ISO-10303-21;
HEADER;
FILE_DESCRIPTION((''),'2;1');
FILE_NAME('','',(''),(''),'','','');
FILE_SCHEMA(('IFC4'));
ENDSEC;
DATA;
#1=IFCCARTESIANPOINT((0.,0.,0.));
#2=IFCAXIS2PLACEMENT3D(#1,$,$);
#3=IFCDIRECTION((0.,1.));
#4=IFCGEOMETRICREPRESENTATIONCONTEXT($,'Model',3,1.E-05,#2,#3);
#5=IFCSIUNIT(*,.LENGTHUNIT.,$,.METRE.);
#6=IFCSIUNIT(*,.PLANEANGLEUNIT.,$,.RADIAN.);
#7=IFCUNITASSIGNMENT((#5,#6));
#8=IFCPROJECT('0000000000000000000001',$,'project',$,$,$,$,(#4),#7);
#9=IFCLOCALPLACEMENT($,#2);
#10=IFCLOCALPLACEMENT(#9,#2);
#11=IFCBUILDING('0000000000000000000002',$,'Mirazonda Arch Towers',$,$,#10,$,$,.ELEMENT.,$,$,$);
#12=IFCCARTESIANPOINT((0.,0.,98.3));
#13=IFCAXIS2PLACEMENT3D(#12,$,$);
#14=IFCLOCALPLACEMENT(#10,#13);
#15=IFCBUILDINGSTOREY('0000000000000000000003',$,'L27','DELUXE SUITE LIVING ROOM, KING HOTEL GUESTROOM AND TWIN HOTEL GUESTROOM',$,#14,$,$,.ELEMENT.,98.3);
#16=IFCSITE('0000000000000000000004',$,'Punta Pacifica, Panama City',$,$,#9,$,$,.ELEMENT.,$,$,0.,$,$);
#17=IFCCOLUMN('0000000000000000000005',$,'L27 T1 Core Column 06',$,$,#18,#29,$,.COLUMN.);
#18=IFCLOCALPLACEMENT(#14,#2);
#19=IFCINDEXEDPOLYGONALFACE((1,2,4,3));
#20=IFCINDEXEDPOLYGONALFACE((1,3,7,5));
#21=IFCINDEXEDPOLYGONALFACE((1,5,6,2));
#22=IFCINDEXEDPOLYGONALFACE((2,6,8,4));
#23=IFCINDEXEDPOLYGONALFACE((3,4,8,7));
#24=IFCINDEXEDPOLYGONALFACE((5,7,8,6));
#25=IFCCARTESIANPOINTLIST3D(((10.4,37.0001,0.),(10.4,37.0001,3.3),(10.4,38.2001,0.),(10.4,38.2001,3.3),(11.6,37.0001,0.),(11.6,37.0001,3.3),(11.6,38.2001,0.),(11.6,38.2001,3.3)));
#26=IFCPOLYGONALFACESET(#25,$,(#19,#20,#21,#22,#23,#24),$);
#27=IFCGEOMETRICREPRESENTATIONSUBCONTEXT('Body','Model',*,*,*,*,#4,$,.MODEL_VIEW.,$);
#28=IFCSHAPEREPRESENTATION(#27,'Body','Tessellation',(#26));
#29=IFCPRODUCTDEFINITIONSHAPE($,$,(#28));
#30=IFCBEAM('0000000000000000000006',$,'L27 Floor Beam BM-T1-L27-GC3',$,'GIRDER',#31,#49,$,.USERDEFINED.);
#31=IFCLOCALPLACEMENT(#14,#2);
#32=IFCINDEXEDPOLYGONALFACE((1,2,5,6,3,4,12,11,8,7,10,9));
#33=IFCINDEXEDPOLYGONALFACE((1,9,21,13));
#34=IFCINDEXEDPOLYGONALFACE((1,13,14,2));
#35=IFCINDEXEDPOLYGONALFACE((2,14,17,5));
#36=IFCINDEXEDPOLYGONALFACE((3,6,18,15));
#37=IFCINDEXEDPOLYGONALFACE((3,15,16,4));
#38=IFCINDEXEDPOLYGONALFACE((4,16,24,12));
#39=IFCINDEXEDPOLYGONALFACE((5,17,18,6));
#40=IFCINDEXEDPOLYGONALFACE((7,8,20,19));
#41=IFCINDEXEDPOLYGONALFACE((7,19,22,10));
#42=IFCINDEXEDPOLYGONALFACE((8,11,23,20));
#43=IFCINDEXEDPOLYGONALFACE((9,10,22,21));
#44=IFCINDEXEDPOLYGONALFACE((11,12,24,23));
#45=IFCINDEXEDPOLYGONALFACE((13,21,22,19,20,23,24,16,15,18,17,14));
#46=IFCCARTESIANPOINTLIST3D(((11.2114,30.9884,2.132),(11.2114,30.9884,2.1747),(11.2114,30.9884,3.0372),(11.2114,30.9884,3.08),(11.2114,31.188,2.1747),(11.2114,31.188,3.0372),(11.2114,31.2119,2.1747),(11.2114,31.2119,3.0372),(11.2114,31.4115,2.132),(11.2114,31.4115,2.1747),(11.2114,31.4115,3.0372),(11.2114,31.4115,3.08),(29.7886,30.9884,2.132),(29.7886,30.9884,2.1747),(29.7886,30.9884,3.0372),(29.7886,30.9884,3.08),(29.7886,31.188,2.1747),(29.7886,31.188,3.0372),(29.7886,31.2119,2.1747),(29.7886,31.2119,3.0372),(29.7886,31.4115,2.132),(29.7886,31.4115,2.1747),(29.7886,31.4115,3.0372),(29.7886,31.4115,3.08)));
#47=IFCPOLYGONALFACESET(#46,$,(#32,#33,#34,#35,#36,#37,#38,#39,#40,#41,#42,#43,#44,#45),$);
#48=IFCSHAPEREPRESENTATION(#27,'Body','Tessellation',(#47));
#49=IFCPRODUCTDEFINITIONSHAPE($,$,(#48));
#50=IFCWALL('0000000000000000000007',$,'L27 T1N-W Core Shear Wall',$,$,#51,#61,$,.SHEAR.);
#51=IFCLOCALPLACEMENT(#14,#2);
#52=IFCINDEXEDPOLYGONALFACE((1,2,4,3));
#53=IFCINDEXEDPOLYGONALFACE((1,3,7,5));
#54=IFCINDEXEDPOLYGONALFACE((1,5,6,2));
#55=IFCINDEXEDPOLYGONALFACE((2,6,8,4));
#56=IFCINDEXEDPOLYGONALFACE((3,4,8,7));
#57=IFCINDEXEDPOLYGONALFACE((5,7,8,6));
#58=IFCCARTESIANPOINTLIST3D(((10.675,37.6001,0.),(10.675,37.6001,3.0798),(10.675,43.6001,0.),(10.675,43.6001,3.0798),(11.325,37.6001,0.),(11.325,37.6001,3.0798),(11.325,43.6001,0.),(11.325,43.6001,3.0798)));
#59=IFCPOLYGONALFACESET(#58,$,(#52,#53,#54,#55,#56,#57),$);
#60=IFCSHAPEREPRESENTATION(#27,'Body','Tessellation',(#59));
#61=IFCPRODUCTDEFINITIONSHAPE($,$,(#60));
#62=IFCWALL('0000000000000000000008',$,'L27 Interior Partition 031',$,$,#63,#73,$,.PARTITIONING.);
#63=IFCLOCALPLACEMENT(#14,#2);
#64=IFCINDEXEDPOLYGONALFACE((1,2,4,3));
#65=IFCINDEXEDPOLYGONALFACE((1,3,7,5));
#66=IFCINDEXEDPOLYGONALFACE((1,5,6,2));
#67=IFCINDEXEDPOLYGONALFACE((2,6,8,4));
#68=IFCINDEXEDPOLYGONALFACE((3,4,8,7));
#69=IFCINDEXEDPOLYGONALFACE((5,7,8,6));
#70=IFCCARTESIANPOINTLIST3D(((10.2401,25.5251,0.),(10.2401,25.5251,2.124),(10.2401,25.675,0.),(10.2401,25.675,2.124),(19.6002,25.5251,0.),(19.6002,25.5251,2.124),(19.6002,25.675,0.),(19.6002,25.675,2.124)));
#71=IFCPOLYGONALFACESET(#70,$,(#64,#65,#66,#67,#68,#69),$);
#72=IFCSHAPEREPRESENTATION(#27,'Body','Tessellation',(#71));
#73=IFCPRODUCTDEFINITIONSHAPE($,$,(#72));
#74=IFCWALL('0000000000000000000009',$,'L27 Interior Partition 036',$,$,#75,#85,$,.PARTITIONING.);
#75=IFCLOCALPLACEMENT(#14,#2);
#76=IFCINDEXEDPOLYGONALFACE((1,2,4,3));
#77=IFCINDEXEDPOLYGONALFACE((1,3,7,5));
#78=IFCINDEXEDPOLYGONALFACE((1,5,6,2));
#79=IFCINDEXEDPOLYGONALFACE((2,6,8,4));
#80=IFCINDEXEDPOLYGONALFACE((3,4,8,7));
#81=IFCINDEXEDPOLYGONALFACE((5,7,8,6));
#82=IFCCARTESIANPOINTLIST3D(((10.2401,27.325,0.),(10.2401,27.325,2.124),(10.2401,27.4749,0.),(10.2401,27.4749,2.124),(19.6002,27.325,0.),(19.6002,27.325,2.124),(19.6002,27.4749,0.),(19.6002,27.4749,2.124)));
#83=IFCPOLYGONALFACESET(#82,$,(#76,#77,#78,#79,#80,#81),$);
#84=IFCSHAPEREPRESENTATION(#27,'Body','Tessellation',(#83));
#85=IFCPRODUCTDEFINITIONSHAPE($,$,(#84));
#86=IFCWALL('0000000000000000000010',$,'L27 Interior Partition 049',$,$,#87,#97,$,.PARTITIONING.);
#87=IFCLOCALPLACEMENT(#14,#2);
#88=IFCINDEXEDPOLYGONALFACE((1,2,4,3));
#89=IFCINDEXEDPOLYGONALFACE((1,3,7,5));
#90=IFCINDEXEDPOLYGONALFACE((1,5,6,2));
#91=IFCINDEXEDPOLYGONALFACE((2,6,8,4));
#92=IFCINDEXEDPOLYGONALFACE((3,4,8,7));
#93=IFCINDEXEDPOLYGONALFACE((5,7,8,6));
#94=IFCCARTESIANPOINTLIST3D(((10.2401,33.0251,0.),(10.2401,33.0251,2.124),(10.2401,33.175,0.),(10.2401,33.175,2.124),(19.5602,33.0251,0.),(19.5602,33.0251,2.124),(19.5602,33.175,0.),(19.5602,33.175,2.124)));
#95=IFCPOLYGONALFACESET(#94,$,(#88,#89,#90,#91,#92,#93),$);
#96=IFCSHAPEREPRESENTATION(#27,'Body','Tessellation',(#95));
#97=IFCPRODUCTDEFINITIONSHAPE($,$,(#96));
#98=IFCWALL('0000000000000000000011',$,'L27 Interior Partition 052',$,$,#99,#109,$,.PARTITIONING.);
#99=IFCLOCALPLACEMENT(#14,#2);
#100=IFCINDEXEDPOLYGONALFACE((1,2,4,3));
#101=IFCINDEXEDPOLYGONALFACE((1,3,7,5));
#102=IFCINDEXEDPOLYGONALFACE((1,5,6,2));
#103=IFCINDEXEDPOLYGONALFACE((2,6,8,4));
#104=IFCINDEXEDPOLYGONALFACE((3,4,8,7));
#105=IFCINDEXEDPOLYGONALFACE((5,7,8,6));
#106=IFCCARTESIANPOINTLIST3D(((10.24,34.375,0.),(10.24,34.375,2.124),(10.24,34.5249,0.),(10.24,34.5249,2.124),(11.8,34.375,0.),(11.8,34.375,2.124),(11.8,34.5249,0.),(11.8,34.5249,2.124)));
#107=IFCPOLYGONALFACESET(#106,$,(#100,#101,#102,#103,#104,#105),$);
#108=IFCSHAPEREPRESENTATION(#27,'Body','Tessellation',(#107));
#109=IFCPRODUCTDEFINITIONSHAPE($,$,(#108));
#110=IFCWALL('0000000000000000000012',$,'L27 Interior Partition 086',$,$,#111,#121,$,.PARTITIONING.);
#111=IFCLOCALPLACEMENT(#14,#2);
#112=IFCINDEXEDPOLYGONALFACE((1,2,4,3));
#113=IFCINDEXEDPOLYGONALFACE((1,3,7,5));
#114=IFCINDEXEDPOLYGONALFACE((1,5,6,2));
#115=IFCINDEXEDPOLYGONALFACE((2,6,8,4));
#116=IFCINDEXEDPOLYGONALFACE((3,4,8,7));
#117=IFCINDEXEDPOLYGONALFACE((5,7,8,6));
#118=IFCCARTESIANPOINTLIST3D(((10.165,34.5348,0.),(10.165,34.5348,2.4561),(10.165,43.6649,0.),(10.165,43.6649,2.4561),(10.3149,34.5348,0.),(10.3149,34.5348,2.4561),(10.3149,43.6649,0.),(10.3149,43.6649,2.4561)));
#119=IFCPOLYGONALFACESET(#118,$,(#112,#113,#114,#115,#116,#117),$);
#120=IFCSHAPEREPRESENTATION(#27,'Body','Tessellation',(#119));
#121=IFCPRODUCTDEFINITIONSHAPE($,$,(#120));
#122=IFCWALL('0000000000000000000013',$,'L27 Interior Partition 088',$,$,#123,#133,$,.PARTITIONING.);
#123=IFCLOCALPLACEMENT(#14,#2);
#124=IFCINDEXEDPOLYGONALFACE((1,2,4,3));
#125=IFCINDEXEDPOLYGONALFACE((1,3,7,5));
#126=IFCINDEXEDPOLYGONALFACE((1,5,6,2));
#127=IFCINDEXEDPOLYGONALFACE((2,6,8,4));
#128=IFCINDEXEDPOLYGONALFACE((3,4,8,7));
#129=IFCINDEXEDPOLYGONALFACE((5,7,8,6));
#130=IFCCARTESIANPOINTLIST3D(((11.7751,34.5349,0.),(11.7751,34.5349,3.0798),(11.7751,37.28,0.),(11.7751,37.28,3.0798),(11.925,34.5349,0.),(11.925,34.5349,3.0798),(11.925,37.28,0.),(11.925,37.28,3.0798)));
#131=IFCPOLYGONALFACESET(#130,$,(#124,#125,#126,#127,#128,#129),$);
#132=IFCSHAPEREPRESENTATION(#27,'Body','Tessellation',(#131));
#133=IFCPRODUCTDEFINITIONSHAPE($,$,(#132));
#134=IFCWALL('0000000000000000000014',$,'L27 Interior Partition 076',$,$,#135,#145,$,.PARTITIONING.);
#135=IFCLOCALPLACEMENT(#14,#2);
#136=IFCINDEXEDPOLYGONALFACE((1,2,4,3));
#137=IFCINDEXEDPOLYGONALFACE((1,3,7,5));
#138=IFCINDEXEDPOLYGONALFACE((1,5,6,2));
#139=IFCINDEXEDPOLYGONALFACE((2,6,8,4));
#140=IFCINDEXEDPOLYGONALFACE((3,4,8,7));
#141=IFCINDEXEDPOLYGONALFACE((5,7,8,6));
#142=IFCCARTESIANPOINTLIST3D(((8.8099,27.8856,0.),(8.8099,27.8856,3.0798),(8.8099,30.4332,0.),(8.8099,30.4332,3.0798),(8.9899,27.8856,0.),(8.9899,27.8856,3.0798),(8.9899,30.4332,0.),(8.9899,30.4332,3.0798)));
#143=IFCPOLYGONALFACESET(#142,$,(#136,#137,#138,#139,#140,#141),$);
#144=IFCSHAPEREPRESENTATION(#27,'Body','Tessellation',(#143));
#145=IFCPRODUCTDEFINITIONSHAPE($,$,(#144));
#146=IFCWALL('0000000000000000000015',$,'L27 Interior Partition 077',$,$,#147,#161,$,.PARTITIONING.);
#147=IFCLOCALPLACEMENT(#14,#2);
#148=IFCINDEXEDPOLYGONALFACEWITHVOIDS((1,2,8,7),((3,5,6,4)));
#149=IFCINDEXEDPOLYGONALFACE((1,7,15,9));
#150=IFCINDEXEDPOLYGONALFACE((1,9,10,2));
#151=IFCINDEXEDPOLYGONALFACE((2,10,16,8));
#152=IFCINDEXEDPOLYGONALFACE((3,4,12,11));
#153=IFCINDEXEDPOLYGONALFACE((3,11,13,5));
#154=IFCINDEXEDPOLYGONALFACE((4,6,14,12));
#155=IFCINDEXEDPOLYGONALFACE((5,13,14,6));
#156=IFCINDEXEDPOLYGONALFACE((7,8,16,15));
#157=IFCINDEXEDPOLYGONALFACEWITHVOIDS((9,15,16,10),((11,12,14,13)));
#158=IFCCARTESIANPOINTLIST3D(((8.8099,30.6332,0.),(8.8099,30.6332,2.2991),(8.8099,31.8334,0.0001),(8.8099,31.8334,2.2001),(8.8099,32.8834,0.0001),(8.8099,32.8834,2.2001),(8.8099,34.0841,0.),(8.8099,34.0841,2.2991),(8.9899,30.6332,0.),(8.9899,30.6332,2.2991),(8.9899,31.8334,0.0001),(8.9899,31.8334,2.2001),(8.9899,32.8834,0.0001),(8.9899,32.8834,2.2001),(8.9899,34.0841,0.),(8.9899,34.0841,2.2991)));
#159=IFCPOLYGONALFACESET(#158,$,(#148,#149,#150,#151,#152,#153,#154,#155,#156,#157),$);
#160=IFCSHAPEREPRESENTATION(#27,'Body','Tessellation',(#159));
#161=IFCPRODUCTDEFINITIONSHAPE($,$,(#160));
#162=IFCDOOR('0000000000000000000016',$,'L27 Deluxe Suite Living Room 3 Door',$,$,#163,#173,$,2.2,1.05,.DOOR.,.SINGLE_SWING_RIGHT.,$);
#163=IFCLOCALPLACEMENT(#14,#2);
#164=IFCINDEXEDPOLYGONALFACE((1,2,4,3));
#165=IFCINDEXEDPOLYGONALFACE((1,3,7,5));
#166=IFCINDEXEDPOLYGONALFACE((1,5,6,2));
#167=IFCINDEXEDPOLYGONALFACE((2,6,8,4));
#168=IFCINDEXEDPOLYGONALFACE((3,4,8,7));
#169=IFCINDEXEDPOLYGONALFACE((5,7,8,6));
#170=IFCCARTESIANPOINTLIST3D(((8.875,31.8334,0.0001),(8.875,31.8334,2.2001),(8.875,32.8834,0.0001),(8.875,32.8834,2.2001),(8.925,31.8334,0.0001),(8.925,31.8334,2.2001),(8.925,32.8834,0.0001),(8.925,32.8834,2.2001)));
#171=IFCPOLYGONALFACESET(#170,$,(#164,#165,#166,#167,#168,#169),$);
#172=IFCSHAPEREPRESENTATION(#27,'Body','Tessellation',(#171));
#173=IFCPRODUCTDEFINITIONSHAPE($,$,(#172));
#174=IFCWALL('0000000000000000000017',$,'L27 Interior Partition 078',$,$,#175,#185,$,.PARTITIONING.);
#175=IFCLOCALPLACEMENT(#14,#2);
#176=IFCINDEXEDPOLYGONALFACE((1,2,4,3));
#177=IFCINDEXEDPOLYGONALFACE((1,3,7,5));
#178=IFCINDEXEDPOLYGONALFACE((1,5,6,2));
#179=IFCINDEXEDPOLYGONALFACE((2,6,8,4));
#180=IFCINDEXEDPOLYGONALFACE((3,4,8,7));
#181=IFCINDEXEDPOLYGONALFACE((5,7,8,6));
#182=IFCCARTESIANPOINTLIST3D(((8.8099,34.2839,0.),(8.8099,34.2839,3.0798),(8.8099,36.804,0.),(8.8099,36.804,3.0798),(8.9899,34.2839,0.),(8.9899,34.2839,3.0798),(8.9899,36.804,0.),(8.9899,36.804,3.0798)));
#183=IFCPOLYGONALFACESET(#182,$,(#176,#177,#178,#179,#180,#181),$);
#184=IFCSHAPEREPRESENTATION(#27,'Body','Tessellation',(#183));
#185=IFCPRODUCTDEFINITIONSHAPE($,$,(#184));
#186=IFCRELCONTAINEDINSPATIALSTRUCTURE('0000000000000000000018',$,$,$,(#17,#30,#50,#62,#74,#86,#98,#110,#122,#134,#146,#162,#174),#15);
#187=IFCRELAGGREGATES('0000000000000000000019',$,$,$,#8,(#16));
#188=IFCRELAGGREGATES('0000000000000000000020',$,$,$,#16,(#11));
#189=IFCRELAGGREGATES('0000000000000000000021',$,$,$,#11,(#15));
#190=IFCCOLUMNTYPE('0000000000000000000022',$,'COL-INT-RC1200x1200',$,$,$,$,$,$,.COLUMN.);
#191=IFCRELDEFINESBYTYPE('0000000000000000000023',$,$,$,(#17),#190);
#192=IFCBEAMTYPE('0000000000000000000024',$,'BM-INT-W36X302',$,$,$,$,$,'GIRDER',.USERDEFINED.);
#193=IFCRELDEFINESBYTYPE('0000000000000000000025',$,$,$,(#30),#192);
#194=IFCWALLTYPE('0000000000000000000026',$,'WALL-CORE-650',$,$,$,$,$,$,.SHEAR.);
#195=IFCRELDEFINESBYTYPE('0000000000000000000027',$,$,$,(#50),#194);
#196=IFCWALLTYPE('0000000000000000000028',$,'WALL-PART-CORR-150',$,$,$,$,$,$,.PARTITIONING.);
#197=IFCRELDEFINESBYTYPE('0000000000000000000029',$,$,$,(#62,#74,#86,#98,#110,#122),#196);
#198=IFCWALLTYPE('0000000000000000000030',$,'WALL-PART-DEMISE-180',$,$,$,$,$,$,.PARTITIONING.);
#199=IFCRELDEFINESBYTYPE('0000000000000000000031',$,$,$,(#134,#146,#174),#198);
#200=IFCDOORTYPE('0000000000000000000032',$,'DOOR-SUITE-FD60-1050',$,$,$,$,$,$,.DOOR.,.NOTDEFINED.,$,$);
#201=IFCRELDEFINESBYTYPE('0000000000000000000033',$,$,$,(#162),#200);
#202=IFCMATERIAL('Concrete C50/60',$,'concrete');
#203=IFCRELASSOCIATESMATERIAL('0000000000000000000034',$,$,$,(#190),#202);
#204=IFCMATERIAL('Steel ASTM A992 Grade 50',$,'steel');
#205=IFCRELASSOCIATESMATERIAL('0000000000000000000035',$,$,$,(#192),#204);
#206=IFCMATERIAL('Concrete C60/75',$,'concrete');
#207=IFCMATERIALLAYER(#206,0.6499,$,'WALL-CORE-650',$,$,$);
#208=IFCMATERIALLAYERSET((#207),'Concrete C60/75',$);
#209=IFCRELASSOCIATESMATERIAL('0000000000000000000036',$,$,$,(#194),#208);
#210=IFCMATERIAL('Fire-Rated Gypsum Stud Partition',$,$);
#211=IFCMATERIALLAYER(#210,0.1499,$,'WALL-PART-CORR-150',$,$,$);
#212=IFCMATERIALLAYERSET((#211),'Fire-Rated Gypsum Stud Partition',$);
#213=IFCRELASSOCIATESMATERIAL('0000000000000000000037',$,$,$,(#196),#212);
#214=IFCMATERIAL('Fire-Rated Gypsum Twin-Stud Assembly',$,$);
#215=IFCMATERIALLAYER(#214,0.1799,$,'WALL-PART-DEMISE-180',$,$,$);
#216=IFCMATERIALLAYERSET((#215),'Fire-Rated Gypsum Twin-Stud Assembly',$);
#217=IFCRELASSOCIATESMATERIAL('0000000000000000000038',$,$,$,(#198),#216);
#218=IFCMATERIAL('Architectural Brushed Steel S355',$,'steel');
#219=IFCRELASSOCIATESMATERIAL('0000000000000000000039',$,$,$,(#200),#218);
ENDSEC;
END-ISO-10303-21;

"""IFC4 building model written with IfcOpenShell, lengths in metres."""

from ifc_helpers import new_model, si_unit, direction, frame, frame_2d, origin, origin_2d, place, context, subcontext, project, spatial, rectangle, i_section, extrude, material, layer, layer_set, material_profile, profile_set, type_object, element, fill, save


model = new_model("IFC4")

# Units and contexts
model_context = context("Model", 3, precision=1e-05, world=origin(), true_north=direction((0.0, 1.0)))
body_context = subcontext(model_context, "Body", "Model", "MODEL_VIEW")
ifc_project = project(units=[si_unit("LENGTHUNIT", "METRE"), si_unit("PLANEANGLEUNIT", "RADIAN")], contexts=[model_context])

# Site, building, storey
site_placement = place(None, origin())
site = spatial("IfcSite", under=ifc_project, at=site_placement, Name="Punta Pacifica, Panama City", CompositionType="ELEMENT", RefElevation=0.0)
building_placement = place(site_placement, origin())
building = spatial("IfcBuilding", under=site, at=building_placement, Name="Mirazonda Arch Towers", CompositionType="ELEMENT")
storey_placement = place(building_placement, frame((0.0, 0.0, 98.3)))
storey = spatial("IfcBuildingStorey", under=building, at=storey_placement, Name="L27", Description="DELUXE SUITE LIVING ROOM, KING HOTEL GUESTROOM AND TWIN HOTEL GUESTROOM", CompositionType="ELEMENT", Elevation=98.3)

# Column
ifc_material_1 = material(Name="Concrete C50/60", Category="concrete")
ifc_material_profile_1 = material_profile(ifc_material_1, rectangle(XDim=1.2, YDim=1.2, at=origin_2d()), Name="RC1200x1200")
ifc_profile_set_1 = profile_set([ifc_material_profile_1], Name="Concrete C50/60")
column_type = type_object("IfcColumnType", Name="COL-INT-RC1200x1200", PredefinedType="COLUMN", material=ifc_profile_set_1)
column_placement = place(storey_placement, frame((11.0, 37.6001, 0.0), z_axis=(0.0, 0.0, 1.0), x_axis=(1.0, 0.0, 0.0)))
element("IfcColumn", 1, at=column_placement, inside=storey, type_object=column_type, Name="L27 T1 Core Column 06", PredefinedType="COLUMN", context=body_context, shape_type="SweptSolid", body=[
    extrude(rectangle(XDim=1.2, YDim=1.2, at=origin_2d()), origin(), (0.0, 0.0, 1.0), 3.3),
])

# Beam
ifc_material_2 = material(Name="Steel ASTM A992 Grade 50", Category="steel")
ifc_material_profile_2 = material_profile(ifc_material_2, i_section(OverallWidth=0.4231, OverallDepth=0.948, WebThickness=0.0239, FlangeThickness=0.0427, at=origin_2d()), Name="W36X302")
ifc_profile_set_2 = profile_set([ifc_material_profile_2], Name="Steel ASTM A992 Grade 50")
beam_type = type_object("IfcBeamType", Name="BM-INT-W36X302", ElementType="GIRDER", PredefinedType="USERDEFINED", material=ifc_profile_set_2)
beam_placement = place(storey_placement, frame((11.2114, 31.2, 2.606), z_axis=(1.0, 0.0, 0.0), x_axis=(0.0, 1.0, 0.0)))
element("IfcBeam", 2, at=beam_placement, inside=storey, type_object=beam_type, Name="L27 Floor Beam BM-T1-L27-GC3", ObjectType="GIRDER", PredefinedType="USERDEFINED", context=body_context, shape_type="SweptSolid", body=[
    extrude(i_section(OverallWidth=0.4231, OverallDepth=0.948, WebThickness=0.0239, FlangeThickness=0.0427, at=origin_2d()), origin(), (0.0, 0.0, 1.0), 18.5771),
])

# Walls
ifc_material_3 = material(Name="Concrete C60/75", Category="concrete")
ifc_layer_1 = layer(ifc_material_3, 0.6499, Name="WALL-CORE-650")
ifc_layer_set_1 = layer_set([ifc_layer_1], Name="Concrete C60/75")
wall_type_1 = type_object("IfcWallType", Name="WALL-CORE-650", PredefinedType="SHEAR", material=ifc_layer_set_1)
wall_1_placement = place(storey_placement, frame((11.0, 37.6001, 0.0), z_axis=(0.0, 0.0, 1.0), x_axis=(0.0, 1.0, 0.0)))
element("IfcWall", 3, at=wall_1_placement, inside=storey, type_object=wall_type_1, Name="L27 T1N-W Core Shear Wall", PredefinedType="SHEAR", context=body_context, shape_type="SweptSolid", body=[
    extrude(rectangle(XDim=6.0, YDim=0.6499, at=frame_2d((3.0, 0.0))), origin(), (0.0, 0.0, 1.0), 3.0798),
])
ifc_material_4 = material(Name="Fire-Rated Gypsum Stud Partition")
ifc_layer_2 = layer(ifc_material_4, 0.1499, Name="WALL-PART-CORR-150")
ifc_layer_set_2 = layer_set([ifc_layer_2], Name="Fire-Rated Gypsum Stud Partition")
wall_type_2 = type_object("IfcWallType", Name="WALL-PART-CORR-150", PredefinedType="PARTITIONING", material=ifc_layer_set_2)
for number, where, z_axis, x_axis, name in (
    (4, (10.24, 25.6001, 0.0), (0.0, 0.0, 1.0), (1.0, 0.0, 0.0), "L27 Interior Partition 031"),
    (5, (10.24, 27.3999, 0.0), (0.0, 0.0, 1.0), (1.0, 0.0, 0.0), "L27 Interior Partition 036"),
):
    element("IfcWall", number, at=place(storey_placement, frame(where, z_axis=z_axis, x_axis=x_axis)), inside=storey, type_object=wall_type_2, Name=name, PredefinedType="PARTITIONING", context=body_context, shape_type="SweptSolid", body=[
        extrude(rectangle(XDim=9.3601, YDim=0.1499, at=frame_2d((4.6802, 0.0))), origin(), (0.0, 0.0, 1.0), 2.124),
    ])
wall_2_placement = place(storey_placement, frame((10.24, 33.1001, 0.0), z_axis=(0.0, 0.0, 1.0), x_axis=(1.0, 0.0, 0.0)))
element("IfcWall", 6, at=wall_2_placement, inside=storey, type_object=wall_type_2, Name="L27 Interior Partition 049", PredefinedType="PARTITIONING", context=body_context, shape_type="SweptSolid", body=[
    extrude(rectangle(XDim=9.3201, YDim=0.1499, at=frame_2d((4.6602, 0.0))), origin(), (0.0, 0.0, 1.0), 2.124),
])
wall_3_placement = place(storey_placement, frame((10.24, 34.45, 0.0), z_axis=(0.0, 0.0, 1.0), x_axis=(1.0, 0.0, 0.0)))
element("IfcWall", 7, at=wall_3_placement, inside=storey, type_object=wall_type_2, Name="L27 Interior Partition 052", PredefinedType="PARTITIONING", context=body_context, shape_type="SweptSolid", body=[
    extrude(rectangle(XDim=1.5601, YDim=0.1499, at=frame_2d((0.78, 0.0))), origin(), (0.0, 0.0, 1.0), 2.124),
])

# Shared definitions
ifc_material_5 = material(Name="Architectural Brushed Steel S355", Category="steel")

# Walls
wall_4_placement = place(storey_placement, frame((10.24, 34.5349, 0.0), z_axis=(0.0, 0.0, 1.0), x_axis=(0.0, 1.0, 0.0)))
element("IfcWall", 8, at=wall_4_placement, inside=storey, type_object=wall_type_2, Name="L27 Interior Partition 086", PredefinedType="PARTITIONING", context=body_context, shape_type="SweptSolid", body=[
    extrude(rectangle(XDim=9.1301, YDim=0.1499, at=frame_2d((4.5649, 0.0))), origin(), (0.0, 0.0, 1.0), 2.4561),
])
wall_5_placement = place(storey_placement, frame((11.8501, 34.5349, 0.0), z_axis=(0.0, 0.0, 1.0), x_axis=(0.0, 1.0, 0.0)))
element("IfcWall", 9, at=wall_5_placement, inside=storey, type_object=wall_type_2, Name="L27 Interior Partition 088", PredefinedType="PARTITIONING", context=body_context, shape_type="SweptSolid", body=[
    extrude(rectangle(XDim=2.7451, YDim=0.1499, at=frame_2d((1.3726, 0.0))), origin(), (0.0, 0.0, 1.0), 3.0798),
])
ifc_material_6 = material(Name="Fire-Rated Gypsum Twin-Stud Assembly")
ifc_layer_3 = layer(ifc_material_6, 0.1799, Name="WALL-PART-DEMISE-180")
ifc_layer_set_3 = layer_set([ifc_layer_3], Name="Fire-Rated Gypsum Twin-Stud Assembly")
wall_type_3 = type_object("IfcWallType", Name="WALL-PART-DEMISE-180", PredefinedType="PARTITIONING", material=ifc_layer_set_3)
wall_6_placement = place(storey_placement, frame((8.8999, 27.8855, 0.0), z_axis=(0.0, 0.0, 1.0), x_axis=(0.0, 1.0, 0.0)))
element("IfcWall", 10, at=wall_6_placement, inside=storey, type_object=wall_type_3, Name="L27 Interior Partition 076", PredefinedType="PARTITIONING", context=body_context, shape_type="SweptSolid", body=[
    extrude(rectangle(XDim=2.5476, YDim=0.1799, at=frame_2d((1.2739, 0.0))), origin(), (0.0, 0.0, 1.0), 3.0798),
])

# Wall, opening, door
wall_7_placement = place(storey_placement, frame((8.8999, 30.6331, 0.0), z_axis=(0.0, 0.0, 1.0), x_axis=(0.0, 1.0, 0.0)))
wall_7 = element("IfcWall", 11, at=wall_7_placement, inside=storey, type_object=wall_type_3, Name="L27 Interior Partition 077", PredefinedType="PARTITIONING", context=body_context, shape_type="SweptSolid", body=[
    extrude(rectangle(XDim=3.4509, YDim=0.1799, at=frame_2d((1.7256, 0.0))), origin(), (0.0, 0.0, 1.0), 2.2991),
])
opening_1_placement = place(wall_7_placement, frame((1.2004, 0.0, 0.0)))
opening_1 = element("IfcOpeningElement", 12, at=opening_1_placement, cuts=wall_7, PredefinedType="OPENING", context=body_context, shape_type="SweptSolid", body=[
    extrude(rectangle(XDim=1.05, YDim=2.2, at=frame_2d((0.5249, 1.1001))), frame((0.0, 0.0999, 0.0), z_axis=(0.0, -1.0, 0.0), x_axis=(1.0, 0.0, 0.0)), (0.0, 0.0, 1.0), 0.2),
])
door_type_1 = type_object("IfcDoorType", Name="DOOR-SUITE-FD60-1050", OperationType="NOTDEFINED", PredefinedType="DOOR", material=ifc_material_5)
door_1_placement = place(opening_1_placement, origin())
door_1 = element("IfcDoor", 13, at=door_1_placement, inside=storey, type_object=door_type_1, Name="L27 Deluxe Suite Living Room 3 Door", OperationType="SINGLE_SWING_RIGHT", OverallHeight=2.2, OverallWidth=1.05, PredefinedType="DOOR", context=body_context, shape_type="SweptSolid", body=[
    extrude(rectangle(XDim=1.05, YDim=2.2, at=frame_2d((0.5249, 1.1001))), frame((0.0, 0.0249, 0.0), z_axis=(0.0, -1.0, 0.0), x_axis=(1.0, 0.0, 0.0)), (0.0, 0.0, 1.0), 0.05),
])
fill(opening_1, door_1)

# Wall
wall_8_placement = place(storey_placement, frame((8.8999, 34.2839, 0.0), z_axis=(0.0, 0.0, 1.0), x_axis=(0.0, 1.0, 0.0)))
element("IfcWall", 14, at=wall_8_placement, inside=storey, type_object=wall_type_3, Name="L27 Interior Partition 078", PredefinedType="PARTITIONING", context=body_context, shape_type="SweptSolid", body=[
    extrude(rectangle(XDim=2.52, YDim=0.1799, at=frame_2d((1.26, 0.0))), origin(), (0.0, 0.0, 1.0), 3.0798),
])

save(model, "model.ifc")
